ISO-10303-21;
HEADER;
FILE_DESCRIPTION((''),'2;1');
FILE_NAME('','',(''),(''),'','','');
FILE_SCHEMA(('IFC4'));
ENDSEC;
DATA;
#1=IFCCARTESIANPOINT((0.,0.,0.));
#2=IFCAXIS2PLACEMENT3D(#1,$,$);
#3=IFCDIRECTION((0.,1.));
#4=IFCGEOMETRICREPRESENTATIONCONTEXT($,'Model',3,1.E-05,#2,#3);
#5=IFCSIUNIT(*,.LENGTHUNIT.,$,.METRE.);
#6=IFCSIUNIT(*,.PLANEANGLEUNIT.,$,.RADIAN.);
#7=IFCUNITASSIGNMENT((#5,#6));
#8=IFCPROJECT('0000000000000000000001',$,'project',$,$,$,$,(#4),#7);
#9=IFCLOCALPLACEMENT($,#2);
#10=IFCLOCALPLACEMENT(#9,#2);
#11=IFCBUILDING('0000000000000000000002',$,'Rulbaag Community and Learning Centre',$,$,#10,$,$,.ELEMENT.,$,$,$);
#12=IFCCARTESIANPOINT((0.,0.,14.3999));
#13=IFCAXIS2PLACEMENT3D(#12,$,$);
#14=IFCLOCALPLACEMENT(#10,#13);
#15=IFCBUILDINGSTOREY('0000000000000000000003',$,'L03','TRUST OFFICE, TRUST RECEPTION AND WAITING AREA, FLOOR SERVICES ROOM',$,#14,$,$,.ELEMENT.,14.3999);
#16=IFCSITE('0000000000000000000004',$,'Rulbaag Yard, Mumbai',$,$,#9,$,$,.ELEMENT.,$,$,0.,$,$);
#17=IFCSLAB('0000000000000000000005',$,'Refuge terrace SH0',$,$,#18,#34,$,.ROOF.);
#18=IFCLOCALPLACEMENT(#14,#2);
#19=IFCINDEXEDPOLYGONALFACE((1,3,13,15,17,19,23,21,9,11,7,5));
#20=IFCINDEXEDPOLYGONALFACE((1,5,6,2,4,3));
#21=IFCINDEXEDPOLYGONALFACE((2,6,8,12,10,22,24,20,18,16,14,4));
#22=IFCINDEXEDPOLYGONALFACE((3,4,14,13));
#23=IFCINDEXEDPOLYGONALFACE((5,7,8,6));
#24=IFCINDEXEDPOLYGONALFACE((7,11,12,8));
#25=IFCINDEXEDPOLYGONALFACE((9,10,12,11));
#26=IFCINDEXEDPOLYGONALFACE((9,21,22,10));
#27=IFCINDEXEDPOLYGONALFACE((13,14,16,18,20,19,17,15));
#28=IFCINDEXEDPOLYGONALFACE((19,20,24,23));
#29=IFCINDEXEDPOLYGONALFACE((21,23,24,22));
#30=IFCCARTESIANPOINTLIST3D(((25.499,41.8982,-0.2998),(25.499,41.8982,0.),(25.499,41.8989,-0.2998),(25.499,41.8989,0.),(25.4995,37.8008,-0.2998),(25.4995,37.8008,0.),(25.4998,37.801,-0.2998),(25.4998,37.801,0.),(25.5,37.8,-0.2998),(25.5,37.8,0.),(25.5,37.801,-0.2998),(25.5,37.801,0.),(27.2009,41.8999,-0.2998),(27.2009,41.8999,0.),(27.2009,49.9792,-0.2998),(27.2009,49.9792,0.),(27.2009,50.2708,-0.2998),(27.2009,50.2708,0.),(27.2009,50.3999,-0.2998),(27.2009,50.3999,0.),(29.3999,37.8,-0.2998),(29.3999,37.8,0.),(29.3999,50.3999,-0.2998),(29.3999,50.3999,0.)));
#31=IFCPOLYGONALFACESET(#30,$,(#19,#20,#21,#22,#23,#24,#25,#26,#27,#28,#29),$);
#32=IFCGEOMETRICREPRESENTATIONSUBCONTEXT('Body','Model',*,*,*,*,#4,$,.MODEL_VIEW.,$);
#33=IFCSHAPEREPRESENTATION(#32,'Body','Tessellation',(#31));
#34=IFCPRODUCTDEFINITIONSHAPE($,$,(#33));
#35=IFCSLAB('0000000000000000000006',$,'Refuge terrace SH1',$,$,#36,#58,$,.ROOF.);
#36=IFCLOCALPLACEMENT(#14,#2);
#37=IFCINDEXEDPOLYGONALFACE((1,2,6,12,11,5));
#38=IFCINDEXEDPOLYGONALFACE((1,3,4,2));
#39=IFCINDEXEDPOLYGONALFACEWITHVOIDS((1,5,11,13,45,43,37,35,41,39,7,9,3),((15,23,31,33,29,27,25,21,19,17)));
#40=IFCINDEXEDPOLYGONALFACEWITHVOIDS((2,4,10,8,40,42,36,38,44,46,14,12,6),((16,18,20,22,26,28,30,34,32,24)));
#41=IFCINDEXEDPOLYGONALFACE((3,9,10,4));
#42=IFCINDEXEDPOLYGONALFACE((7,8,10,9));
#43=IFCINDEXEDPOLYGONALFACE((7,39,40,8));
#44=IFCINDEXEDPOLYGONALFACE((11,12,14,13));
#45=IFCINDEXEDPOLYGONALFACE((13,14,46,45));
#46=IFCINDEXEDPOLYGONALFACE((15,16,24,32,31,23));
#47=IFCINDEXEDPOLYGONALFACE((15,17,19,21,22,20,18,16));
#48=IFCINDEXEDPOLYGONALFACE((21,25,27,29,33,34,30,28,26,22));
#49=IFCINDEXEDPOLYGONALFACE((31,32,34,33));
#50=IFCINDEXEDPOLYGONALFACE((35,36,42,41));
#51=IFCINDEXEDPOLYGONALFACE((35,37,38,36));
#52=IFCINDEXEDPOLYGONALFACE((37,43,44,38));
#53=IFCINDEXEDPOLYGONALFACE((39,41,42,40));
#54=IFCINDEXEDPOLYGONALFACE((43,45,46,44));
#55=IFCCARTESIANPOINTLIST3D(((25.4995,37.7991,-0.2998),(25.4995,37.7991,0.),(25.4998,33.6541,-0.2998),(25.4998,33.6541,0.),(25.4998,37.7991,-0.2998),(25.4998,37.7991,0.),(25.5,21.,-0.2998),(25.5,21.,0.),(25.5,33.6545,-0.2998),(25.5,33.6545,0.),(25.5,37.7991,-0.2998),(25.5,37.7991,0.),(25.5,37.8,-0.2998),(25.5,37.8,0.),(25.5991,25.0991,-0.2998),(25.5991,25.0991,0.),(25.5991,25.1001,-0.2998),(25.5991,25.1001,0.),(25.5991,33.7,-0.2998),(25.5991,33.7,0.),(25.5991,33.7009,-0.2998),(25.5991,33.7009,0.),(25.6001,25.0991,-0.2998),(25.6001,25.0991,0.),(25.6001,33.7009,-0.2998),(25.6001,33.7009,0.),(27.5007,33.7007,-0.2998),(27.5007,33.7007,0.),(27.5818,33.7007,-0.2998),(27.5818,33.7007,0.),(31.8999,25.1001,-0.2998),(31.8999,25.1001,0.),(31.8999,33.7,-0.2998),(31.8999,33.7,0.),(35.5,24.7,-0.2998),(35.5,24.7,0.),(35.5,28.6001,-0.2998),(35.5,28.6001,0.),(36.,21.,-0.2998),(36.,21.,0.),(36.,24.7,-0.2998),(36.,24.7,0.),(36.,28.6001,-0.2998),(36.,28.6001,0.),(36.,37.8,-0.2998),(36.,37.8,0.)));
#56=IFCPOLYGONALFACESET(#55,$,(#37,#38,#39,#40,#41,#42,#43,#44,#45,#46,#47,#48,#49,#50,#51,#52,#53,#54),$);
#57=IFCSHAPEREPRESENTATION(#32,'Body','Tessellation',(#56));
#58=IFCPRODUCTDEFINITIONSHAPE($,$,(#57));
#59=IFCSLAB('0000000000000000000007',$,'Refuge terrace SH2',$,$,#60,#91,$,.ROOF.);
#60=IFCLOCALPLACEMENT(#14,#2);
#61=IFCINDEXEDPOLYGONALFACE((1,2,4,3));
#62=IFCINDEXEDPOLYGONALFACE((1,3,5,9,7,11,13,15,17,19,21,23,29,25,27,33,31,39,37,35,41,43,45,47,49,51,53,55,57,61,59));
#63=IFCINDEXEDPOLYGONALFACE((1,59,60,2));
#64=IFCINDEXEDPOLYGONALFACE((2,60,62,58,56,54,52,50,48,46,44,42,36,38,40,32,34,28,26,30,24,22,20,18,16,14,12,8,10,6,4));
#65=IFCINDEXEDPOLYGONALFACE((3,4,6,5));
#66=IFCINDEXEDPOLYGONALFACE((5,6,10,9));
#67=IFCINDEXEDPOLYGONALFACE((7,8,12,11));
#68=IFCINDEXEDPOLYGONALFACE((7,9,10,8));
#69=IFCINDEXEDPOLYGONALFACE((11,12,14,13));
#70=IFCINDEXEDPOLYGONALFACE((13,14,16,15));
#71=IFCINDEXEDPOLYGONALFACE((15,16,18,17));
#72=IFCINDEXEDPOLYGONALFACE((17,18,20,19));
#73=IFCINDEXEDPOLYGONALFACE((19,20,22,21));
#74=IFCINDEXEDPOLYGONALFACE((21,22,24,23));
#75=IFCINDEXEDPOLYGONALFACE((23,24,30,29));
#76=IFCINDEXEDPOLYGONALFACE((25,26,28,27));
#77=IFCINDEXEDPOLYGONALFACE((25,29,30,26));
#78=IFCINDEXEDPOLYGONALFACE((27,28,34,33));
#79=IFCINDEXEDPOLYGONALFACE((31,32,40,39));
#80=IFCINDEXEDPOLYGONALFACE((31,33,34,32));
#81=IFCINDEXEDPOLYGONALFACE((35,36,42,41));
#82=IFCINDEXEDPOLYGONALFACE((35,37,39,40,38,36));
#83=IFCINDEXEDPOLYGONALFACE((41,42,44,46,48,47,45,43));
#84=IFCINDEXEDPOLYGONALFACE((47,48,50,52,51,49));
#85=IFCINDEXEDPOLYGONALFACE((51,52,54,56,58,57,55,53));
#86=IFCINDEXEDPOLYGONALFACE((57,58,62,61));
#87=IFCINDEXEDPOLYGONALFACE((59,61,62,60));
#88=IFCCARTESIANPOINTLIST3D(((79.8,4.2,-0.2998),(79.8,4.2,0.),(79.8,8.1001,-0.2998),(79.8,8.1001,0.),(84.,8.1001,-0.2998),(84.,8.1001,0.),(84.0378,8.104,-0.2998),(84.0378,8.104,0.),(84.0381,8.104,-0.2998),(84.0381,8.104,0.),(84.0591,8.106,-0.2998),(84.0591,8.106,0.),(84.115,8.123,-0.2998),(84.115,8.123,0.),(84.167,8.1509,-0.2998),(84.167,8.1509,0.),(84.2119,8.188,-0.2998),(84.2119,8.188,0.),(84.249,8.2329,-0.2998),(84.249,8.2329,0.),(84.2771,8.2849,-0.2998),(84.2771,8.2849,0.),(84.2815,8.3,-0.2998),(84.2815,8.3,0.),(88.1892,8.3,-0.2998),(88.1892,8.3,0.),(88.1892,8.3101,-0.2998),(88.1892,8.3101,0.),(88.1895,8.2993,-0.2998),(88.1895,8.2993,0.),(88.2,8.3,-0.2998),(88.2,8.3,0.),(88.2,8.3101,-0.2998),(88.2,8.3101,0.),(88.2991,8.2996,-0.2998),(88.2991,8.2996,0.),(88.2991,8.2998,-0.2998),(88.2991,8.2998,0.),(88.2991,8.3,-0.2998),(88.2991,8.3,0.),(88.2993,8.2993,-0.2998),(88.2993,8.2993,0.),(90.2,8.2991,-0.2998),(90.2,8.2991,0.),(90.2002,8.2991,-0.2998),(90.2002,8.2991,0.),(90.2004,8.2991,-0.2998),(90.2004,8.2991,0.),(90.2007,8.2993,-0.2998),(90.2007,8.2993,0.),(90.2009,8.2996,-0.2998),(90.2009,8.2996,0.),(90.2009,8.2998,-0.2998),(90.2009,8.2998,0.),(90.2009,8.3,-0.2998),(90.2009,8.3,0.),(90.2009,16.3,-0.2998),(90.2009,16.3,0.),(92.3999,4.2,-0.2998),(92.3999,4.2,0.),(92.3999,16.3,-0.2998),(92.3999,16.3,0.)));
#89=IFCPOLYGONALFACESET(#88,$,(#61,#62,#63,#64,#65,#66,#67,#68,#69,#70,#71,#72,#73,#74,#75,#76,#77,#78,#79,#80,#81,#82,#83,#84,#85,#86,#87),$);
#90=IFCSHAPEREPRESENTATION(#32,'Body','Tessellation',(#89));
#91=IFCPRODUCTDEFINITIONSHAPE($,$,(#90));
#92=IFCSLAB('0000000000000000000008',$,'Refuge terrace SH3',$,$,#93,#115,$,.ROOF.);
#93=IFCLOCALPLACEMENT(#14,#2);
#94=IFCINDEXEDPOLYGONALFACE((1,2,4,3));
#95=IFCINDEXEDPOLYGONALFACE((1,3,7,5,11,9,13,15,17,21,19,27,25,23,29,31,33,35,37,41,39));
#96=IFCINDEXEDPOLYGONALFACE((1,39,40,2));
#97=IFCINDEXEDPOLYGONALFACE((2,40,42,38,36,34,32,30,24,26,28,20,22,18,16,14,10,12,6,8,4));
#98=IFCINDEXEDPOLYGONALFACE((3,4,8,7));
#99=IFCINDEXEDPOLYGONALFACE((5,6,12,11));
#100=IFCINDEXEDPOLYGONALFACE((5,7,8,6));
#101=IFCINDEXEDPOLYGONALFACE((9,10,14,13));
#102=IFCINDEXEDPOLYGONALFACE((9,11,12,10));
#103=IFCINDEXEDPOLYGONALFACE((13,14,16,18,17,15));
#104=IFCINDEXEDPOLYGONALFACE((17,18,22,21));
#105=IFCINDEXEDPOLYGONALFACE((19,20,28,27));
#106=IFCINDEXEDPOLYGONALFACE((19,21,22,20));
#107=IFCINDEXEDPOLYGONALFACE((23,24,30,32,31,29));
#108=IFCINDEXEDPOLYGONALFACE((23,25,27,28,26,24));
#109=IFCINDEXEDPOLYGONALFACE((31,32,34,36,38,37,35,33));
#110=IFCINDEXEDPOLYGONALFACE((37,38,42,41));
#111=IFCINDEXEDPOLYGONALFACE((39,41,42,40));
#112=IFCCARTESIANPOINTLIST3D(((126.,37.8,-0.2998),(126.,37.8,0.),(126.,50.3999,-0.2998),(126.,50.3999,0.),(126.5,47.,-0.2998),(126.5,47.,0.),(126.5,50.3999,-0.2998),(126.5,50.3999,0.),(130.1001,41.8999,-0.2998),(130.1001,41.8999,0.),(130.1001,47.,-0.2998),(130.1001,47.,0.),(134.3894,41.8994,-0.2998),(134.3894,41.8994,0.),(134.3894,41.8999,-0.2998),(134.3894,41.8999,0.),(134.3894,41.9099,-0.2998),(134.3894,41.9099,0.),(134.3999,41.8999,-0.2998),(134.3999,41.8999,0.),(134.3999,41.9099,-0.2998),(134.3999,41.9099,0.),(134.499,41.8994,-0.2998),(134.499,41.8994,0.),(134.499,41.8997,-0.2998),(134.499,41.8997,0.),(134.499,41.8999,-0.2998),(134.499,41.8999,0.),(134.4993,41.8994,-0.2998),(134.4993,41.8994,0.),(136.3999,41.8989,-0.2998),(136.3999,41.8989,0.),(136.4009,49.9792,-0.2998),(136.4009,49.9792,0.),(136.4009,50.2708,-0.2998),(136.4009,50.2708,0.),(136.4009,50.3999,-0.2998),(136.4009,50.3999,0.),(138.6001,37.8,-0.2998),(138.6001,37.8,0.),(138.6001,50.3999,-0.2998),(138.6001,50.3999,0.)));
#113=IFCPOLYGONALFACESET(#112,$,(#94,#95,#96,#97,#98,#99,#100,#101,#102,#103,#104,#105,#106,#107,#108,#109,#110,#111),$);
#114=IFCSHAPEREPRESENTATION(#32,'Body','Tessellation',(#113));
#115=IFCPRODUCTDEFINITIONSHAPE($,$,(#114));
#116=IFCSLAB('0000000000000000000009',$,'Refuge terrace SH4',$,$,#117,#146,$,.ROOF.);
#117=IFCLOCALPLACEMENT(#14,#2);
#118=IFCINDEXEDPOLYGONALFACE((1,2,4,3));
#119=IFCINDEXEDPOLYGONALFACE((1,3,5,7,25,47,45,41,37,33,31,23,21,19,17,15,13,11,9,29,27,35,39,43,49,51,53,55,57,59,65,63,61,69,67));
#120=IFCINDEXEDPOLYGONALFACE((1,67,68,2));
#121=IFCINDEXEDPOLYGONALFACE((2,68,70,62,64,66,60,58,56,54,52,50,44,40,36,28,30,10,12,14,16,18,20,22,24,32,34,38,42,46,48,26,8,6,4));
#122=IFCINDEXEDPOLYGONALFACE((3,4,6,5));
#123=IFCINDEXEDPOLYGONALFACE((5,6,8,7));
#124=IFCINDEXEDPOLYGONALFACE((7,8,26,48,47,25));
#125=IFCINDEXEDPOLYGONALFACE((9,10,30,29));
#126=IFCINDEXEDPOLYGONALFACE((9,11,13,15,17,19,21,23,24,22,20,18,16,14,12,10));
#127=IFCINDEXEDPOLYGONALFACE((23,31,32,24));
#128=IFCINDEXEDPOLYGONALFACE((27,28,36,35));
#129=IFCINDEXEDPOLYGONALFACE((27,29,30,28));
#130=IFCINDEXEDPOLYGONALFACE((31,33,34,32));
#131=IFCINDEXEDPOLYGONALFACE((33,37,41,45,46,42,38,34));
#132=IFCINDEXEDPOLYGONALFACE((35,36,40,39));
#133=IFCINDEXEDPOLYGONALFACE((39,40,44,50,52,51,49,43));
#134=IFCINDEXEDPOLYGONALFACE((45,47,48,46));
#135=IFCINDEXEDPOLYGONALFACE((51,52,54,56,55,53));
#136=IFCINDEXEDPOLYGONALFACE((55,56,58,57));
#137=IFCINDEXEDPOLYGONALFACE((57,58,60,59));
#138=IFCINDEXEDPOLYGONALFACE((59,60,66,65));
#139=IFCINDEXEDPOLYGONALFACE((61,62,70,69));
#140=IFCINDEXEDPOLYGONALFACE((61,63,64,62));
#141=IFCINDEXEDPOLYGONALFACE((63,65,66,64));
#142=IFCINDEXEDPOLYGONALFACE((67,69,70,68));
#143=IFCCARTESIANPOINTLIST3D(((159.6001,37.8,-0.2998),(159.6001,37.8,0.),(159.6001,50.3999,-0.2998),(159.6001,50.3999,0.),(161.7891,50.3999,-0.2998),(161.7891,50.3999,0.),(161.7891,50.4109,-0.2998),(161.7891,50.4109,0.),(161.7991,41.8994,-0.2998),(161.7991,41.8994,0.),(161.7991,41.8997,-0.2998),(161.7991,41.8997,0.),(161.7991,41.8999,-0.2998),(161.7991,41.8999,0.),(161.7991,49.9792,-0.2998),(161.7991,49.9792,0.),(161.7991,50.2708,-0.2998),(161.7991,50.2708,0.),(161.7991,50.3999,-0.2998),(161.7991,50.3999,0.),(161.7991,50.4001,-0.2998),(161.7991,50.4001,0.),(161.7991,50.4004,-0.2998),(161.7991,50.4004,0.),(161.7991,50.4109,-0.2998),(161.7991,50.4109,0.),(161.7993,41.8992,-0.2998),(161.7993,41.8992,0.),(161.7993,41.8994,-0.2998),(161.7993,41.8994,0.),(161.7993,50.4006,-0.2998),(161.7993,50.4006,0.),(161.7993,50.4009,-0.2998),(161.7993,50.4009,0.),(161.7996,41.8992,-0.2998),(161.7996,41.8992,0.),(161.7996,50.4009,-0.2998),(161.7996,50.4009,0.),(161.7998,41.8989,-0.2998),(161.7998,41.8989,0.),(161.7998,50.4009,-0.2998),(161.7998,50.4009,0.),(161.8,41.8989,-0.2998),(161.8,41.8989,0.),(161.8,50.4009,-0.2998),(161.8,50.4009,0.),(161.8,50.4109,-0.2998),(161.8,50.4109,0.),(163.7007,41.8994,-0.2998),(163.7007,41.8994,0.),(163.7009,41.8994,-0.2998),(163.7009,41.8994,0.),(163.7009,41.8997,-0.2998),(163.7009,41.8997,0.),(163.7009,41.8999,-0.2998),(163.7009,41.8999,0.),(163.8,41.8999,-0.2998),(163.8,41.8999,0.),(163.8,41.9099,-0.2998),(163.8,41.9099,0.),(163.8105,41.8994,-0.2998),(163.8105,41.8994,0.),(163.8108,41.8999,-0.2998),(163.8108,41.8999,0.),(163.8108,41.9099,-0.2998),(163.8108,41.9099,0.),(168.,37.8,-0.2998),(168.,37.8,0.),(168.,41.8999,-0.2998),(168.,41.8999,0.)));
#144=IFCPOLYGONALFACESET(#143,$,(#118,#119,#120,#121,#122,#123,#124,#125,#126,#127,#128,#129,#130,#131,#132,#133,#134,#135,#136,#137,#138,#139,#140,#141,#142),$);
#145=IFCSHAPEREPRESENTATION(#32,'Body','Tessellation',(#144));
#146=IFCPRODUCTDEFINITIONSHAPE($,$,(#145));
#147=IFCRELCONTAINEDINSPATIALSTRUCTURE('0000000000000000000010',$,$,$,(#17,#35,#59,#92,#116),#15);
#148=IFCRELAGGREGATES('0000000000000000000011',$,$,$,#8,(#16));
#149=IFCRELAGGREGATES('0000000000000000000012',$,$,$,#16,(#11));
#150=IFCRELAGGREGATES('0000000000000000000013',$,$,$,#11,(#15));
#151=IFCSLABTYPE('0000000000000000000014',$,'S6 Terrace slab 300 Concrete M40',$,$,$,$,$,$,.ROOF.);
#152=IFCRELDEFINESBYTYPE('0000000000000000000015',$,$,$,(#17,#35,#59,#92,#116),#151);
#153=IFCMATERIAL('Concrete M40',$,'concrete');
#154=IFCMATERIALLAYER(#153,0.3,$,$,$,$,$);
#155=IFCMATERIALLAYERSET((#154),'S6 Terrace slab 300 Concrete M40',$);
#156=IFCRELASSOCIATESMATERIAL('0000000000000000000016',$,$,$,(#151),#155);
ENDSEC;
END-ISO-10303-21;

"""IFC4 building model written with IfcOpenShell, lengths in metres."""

from ifc_helpers import new_model, si_unit, direction, frame, origin, place, context, subcontext, project, spatial, polyline, outline, extrude, material, layer, layer_set, type_object, element, save


model = new_model("IFC4")

# Units and contexts
model_context = context("Model", 3, precision=1e-05, world=origin(), true_north=direction((0.0, 1.0)))
body_context = subcontext(model_context, "Body", "Model", "MODEL_VIEW")
ifc_project = project(units=[si_unit("LENGTHUNIT", "METRE"), si_unit("PLANEANGLEUNIT", "RADIAN")], contexts=[model_context])

# Site, building, storey
site_placement = place(None, origin())
site = spatial("IfcSite", under=ifc_project, at=site_placement, Name="Rulbaag Yard, Mumbai", CompositionType="ELEMENT", RefElevation=0.0)
building_placement = place(site_placement, origin())
building = spatial("IfcBuilding", under=site, at=building_placement, Name="Rulbaag Community and Learning Centre", CompositionType="ELEMENT")
storey_placement = place(building_placement, frame((0.0, 0.0, 14.3999)))
storey = spatial("IfcBuildingStorey", under=building, at=storey_placement, Name="L03", Description="TRUST OFFICE, TRUST RECEPTION AND WAITING AREA, FLOOR SERVICES ROOM", CompositionType="ELEMENT", Elevation=14.3999)

# Slabs
ifc_material = material(Name="Concrete M40", Category="concrete")
ifc_layer_1 = layer(ifc_material, 0.3)
ifc_layer_set_1 = layer_set([ifc_layer_1], Name="S6 Terrace slab 300 Concrete M40")
slab_type_1 = type_object("IfcSlabType", Name="S6 Terrace slab 300 Concrete M40", PredefinedType="ROOF", material=ifc_layer_set_1)
slab_1_placement = place(storey_placement, frame((0.0, 0.0, -0.2998)))
element("IfcSlab", 1, at=slab_1_placement, inside=storey, type_object=slab_type_1, Name="Refuge terrace SH0", PredefinedType="ROOF", context=body_context, shape_type="SweptSolid", body=[
    extrude(outline(polyline([(25.5, 37.801), (25.4998, 37.801), (25.4998, 37.801), (25.4995, 37.8008), (25.4995, 37.8008), (25.4995, 37.8008), (25.4995, 37.8008), (25.499, 41.8982), (25.499, 41.8982), (25.499, 41.8989), (27.2009, 41.8999), (27.2009, 49.9792), (27.2009, 50.2708), (27.2009, 50.3999), (29.3999, 50.3999), (29.3999, 37.8), (25.5, 37.8), (25.5, 37.801), (25.5, 37.801)])), origin(), (0.0, 0.0, 1.0), 0.2998),
])
slab_2_placement = place(storey_placement, frame((0.0, 0.0, -0.2998)))
element("IfcSlab", 2, at=slab_2_placement, inside=storey, type_object=slab_type_1, Name="Refuge terrace SH1", PredefinedType="ROOF", context=body_context, shape_type="SweptSolid", body=[
    extrude(outline(polyline([(25.5, 21.0), (25.5, 33.6545), (25.4998, 33.6541), (25.4995, 37.7993), (25.4995, 37.7993), (25.4995, 37.7991), (25.4995, 37.7991), (25.4998, 37.7991), (25.4998, 37.7991), (25.5, 37.7991), (25.5, 37.7991), (25.5, 37.8), (36.0, 37.8), (36.0, 28.6001), (35.5, 28.6001), (35.5, 24.7), (36.0, 24.7), (36.0, 21.0), (25.5, 21.0)]), holes=[polyline([(31.8999, 25.1001), (31.8999, 33.7), (27.5818, 33.7007), (27.5007, 33.7007), (25.6001, 33.7009), (25.6001, 33.7009), (25.5991, 33.7009), (25.5991, 33.7), (25.5991, 25.1001), (25.5991, 25.0991), (25.6001, 25.0991), (25.6001, 25.0991), (31.8999, 25.1001)])]), origin(), (0.0, 0.0, 1.0), 0.2998),
])
slab_3_placement = place(storey_placement, frame((0.0, 0.0, -0.2998)))
element("IfcSlab", 3, at=slab_3_placement, inside=storey, type_object=slab_type_1, Name="Refuge terrace SH2", PredefinedType="ROOF", context=body_context, shape_type="SweptSolid", body=[
    extrude(outline(polyline([(84.0, 8.1001), (84.0, 8.1001), (84.0381, 8.104), (84.0378, 8.104), (84.0591, 8.106), (84.115, 8.123), (84.167, 8.1509), (84.2119, 8.188), (84.249, 8.2329), (84.2771, 8.2849), (84.2815, 8.3), (88.1895, 8.2993), (88.1892, 8.3), (88.1892, 8.3101), (88.2, 8.3101), (88.2, 8.3), (88.2991, 8.3), (88.2991, 8.2998), (88.2991, 8.2998), (88.2991, 8.2998), (88.2991, 8.2996), (88.2991, 8.2996), (88.2993, 8.2993), (88.2993, 8.2993), (88.2993, 8.2993), (90.2, 8.2991), (90.2002, 8.2991), (90.2002, 8.2991), (90.2002, 8.2991), (90.2004, 8.2991), (90.2004, 8.2991), (90.2007, 8.2993), (90.2007, 8.2993), (90.2007, 8.2993), (90.2007, 8.2993), (90.2007, 8.2993), (90.2009, 8.2996), (90.2009, 8.2996), (90.2009, 8.2998), (90.2009, 8.2998), (90.2009, 8.2998), (90.2009, 8.3), (90.2009, 8.3), (90.2009, 16.3), (92.3999, 16.3), (92.3999, 4.2), (79.8, 4.2), (79.8, 8.1001), (84.0, 8.1001), (84.0, 8.1001)])), origin(), (0.0, 0.0, 1.0), 0.2998),
])
slab_4_placement = place(storey_placement, frame((0.0, 0.0, -0.2998)))
element("IfcSlab", 4, at=slab_4_placement, inside=storey, type_object=slab_type_1, Name="Refuge terrace SH3", PredefinedType="ROOF", context=body_context, shape_type="SweptSolid", body=[
    extrude(outline(polyline([(134.3894, 41.8999), (134.3894, 41.9099), (134.3999, 41.9099), (134.3999, 41.8999), (134.499, 41.8999), (134.499, 41.8999), (134.499, 41.8999), (134.499, 41.8997), (134.499, 41.8997), (134.499, 41.8994), (134.4993, 41.8994), (134.4993, 41.8994), (134.4993, 41.8994), (136.3999, 41.8989), (136.4009, 49.9792), (136.4009, 49.9792), (136.4009, 50.2708), (136.4009, 50.2708), (136.4009, 50.3999), (138.6001, 50.3999), (138.6001, 37.8), (126.0, 37.8), (126.0, 50.3999), (126.5, 50.3999), (126.5, 47.0), (130.1001, 47.0), (130.1001, 41.8999), (134.3894, 41.8994), (134.3894, 41.8999)])), origin(), (0.0, 0.0, 1.0), 0.2998),
])
slab_5_placement = place(storey_placement, frame((0.0, 0.0, -0.2998)))
element("IfcSlab", 5, at=slab_5_placement, inside=storey, type_object=slab_type_1, Name="Refuge terrace SH4", PredefinedType="ROOF", context=body_context, shape_type="SweptSolid", body=[
    extrude(outline(polyline([(163.7007, 41.8994), (163.7009, 41.8994), (163.7009, 41.8997), (163.7009, 41.8997), (163.7009, 41.8999), (163.7009, 41.8999), (163.7009, 41.8999), (163.8, 41.8999), (163.8, 41.9099), (163.8108, 41.9099), (163.8108, 41.8999), (163.8105, 41.8994), (168.0, 41.8999), (168.0, 37.8), (159.6001, 37.8), (159.6001, 50.3999), (161.7891, 50.3999), (161.7891, 50.4109), (161.7991, 50.4109), (161.8, 50.4109), (161.8, 50.4009), (161.7998, 50.4009), (161.7998, 50.4009), (161.7998, 50.4009), (161.7996, 50.4009), (161.7996, 50.4009), (161.7993, 50.4009), (161.7993, 50.4009), (161.7993, 50.4006), (161.7993, 50.4006), (161.7993, 50.4006), (161.7991, 50.4004), (161.7991, 50.4004), (161.7991, 50.4004), (161.7991, 50.4001), (161.7991, 50.4001), (161.7991, 50.3999), (161.7991, 50.2708), (161.7991, 49.9792), (161.7991, 41.8999), (161.7991, 41.8999), (161.7991, 41.8999), (161.7991, 41.8997), (161.7991, 41.8997), (161.7991, 41.8994), (161.7993, 41.8994), (161.7993, 41.8994), (161.7993, 41.8994), (161.7993, 41.8992), (161.7993, 41.8992), (161.7996, 41.8992), (161.7996, 41.8992), (161.7998, 41.8989), (161.7998, 41.8989), (161.7998, 41.8989), (161.8, 41.8989), (163.7007, 41.8994), (163.7007, 41.8994), (163.7007, 41.8994)])), origin(), (0.0, 0.0, 1.0), 0.2998),
])

save(model, "model.ifc")
